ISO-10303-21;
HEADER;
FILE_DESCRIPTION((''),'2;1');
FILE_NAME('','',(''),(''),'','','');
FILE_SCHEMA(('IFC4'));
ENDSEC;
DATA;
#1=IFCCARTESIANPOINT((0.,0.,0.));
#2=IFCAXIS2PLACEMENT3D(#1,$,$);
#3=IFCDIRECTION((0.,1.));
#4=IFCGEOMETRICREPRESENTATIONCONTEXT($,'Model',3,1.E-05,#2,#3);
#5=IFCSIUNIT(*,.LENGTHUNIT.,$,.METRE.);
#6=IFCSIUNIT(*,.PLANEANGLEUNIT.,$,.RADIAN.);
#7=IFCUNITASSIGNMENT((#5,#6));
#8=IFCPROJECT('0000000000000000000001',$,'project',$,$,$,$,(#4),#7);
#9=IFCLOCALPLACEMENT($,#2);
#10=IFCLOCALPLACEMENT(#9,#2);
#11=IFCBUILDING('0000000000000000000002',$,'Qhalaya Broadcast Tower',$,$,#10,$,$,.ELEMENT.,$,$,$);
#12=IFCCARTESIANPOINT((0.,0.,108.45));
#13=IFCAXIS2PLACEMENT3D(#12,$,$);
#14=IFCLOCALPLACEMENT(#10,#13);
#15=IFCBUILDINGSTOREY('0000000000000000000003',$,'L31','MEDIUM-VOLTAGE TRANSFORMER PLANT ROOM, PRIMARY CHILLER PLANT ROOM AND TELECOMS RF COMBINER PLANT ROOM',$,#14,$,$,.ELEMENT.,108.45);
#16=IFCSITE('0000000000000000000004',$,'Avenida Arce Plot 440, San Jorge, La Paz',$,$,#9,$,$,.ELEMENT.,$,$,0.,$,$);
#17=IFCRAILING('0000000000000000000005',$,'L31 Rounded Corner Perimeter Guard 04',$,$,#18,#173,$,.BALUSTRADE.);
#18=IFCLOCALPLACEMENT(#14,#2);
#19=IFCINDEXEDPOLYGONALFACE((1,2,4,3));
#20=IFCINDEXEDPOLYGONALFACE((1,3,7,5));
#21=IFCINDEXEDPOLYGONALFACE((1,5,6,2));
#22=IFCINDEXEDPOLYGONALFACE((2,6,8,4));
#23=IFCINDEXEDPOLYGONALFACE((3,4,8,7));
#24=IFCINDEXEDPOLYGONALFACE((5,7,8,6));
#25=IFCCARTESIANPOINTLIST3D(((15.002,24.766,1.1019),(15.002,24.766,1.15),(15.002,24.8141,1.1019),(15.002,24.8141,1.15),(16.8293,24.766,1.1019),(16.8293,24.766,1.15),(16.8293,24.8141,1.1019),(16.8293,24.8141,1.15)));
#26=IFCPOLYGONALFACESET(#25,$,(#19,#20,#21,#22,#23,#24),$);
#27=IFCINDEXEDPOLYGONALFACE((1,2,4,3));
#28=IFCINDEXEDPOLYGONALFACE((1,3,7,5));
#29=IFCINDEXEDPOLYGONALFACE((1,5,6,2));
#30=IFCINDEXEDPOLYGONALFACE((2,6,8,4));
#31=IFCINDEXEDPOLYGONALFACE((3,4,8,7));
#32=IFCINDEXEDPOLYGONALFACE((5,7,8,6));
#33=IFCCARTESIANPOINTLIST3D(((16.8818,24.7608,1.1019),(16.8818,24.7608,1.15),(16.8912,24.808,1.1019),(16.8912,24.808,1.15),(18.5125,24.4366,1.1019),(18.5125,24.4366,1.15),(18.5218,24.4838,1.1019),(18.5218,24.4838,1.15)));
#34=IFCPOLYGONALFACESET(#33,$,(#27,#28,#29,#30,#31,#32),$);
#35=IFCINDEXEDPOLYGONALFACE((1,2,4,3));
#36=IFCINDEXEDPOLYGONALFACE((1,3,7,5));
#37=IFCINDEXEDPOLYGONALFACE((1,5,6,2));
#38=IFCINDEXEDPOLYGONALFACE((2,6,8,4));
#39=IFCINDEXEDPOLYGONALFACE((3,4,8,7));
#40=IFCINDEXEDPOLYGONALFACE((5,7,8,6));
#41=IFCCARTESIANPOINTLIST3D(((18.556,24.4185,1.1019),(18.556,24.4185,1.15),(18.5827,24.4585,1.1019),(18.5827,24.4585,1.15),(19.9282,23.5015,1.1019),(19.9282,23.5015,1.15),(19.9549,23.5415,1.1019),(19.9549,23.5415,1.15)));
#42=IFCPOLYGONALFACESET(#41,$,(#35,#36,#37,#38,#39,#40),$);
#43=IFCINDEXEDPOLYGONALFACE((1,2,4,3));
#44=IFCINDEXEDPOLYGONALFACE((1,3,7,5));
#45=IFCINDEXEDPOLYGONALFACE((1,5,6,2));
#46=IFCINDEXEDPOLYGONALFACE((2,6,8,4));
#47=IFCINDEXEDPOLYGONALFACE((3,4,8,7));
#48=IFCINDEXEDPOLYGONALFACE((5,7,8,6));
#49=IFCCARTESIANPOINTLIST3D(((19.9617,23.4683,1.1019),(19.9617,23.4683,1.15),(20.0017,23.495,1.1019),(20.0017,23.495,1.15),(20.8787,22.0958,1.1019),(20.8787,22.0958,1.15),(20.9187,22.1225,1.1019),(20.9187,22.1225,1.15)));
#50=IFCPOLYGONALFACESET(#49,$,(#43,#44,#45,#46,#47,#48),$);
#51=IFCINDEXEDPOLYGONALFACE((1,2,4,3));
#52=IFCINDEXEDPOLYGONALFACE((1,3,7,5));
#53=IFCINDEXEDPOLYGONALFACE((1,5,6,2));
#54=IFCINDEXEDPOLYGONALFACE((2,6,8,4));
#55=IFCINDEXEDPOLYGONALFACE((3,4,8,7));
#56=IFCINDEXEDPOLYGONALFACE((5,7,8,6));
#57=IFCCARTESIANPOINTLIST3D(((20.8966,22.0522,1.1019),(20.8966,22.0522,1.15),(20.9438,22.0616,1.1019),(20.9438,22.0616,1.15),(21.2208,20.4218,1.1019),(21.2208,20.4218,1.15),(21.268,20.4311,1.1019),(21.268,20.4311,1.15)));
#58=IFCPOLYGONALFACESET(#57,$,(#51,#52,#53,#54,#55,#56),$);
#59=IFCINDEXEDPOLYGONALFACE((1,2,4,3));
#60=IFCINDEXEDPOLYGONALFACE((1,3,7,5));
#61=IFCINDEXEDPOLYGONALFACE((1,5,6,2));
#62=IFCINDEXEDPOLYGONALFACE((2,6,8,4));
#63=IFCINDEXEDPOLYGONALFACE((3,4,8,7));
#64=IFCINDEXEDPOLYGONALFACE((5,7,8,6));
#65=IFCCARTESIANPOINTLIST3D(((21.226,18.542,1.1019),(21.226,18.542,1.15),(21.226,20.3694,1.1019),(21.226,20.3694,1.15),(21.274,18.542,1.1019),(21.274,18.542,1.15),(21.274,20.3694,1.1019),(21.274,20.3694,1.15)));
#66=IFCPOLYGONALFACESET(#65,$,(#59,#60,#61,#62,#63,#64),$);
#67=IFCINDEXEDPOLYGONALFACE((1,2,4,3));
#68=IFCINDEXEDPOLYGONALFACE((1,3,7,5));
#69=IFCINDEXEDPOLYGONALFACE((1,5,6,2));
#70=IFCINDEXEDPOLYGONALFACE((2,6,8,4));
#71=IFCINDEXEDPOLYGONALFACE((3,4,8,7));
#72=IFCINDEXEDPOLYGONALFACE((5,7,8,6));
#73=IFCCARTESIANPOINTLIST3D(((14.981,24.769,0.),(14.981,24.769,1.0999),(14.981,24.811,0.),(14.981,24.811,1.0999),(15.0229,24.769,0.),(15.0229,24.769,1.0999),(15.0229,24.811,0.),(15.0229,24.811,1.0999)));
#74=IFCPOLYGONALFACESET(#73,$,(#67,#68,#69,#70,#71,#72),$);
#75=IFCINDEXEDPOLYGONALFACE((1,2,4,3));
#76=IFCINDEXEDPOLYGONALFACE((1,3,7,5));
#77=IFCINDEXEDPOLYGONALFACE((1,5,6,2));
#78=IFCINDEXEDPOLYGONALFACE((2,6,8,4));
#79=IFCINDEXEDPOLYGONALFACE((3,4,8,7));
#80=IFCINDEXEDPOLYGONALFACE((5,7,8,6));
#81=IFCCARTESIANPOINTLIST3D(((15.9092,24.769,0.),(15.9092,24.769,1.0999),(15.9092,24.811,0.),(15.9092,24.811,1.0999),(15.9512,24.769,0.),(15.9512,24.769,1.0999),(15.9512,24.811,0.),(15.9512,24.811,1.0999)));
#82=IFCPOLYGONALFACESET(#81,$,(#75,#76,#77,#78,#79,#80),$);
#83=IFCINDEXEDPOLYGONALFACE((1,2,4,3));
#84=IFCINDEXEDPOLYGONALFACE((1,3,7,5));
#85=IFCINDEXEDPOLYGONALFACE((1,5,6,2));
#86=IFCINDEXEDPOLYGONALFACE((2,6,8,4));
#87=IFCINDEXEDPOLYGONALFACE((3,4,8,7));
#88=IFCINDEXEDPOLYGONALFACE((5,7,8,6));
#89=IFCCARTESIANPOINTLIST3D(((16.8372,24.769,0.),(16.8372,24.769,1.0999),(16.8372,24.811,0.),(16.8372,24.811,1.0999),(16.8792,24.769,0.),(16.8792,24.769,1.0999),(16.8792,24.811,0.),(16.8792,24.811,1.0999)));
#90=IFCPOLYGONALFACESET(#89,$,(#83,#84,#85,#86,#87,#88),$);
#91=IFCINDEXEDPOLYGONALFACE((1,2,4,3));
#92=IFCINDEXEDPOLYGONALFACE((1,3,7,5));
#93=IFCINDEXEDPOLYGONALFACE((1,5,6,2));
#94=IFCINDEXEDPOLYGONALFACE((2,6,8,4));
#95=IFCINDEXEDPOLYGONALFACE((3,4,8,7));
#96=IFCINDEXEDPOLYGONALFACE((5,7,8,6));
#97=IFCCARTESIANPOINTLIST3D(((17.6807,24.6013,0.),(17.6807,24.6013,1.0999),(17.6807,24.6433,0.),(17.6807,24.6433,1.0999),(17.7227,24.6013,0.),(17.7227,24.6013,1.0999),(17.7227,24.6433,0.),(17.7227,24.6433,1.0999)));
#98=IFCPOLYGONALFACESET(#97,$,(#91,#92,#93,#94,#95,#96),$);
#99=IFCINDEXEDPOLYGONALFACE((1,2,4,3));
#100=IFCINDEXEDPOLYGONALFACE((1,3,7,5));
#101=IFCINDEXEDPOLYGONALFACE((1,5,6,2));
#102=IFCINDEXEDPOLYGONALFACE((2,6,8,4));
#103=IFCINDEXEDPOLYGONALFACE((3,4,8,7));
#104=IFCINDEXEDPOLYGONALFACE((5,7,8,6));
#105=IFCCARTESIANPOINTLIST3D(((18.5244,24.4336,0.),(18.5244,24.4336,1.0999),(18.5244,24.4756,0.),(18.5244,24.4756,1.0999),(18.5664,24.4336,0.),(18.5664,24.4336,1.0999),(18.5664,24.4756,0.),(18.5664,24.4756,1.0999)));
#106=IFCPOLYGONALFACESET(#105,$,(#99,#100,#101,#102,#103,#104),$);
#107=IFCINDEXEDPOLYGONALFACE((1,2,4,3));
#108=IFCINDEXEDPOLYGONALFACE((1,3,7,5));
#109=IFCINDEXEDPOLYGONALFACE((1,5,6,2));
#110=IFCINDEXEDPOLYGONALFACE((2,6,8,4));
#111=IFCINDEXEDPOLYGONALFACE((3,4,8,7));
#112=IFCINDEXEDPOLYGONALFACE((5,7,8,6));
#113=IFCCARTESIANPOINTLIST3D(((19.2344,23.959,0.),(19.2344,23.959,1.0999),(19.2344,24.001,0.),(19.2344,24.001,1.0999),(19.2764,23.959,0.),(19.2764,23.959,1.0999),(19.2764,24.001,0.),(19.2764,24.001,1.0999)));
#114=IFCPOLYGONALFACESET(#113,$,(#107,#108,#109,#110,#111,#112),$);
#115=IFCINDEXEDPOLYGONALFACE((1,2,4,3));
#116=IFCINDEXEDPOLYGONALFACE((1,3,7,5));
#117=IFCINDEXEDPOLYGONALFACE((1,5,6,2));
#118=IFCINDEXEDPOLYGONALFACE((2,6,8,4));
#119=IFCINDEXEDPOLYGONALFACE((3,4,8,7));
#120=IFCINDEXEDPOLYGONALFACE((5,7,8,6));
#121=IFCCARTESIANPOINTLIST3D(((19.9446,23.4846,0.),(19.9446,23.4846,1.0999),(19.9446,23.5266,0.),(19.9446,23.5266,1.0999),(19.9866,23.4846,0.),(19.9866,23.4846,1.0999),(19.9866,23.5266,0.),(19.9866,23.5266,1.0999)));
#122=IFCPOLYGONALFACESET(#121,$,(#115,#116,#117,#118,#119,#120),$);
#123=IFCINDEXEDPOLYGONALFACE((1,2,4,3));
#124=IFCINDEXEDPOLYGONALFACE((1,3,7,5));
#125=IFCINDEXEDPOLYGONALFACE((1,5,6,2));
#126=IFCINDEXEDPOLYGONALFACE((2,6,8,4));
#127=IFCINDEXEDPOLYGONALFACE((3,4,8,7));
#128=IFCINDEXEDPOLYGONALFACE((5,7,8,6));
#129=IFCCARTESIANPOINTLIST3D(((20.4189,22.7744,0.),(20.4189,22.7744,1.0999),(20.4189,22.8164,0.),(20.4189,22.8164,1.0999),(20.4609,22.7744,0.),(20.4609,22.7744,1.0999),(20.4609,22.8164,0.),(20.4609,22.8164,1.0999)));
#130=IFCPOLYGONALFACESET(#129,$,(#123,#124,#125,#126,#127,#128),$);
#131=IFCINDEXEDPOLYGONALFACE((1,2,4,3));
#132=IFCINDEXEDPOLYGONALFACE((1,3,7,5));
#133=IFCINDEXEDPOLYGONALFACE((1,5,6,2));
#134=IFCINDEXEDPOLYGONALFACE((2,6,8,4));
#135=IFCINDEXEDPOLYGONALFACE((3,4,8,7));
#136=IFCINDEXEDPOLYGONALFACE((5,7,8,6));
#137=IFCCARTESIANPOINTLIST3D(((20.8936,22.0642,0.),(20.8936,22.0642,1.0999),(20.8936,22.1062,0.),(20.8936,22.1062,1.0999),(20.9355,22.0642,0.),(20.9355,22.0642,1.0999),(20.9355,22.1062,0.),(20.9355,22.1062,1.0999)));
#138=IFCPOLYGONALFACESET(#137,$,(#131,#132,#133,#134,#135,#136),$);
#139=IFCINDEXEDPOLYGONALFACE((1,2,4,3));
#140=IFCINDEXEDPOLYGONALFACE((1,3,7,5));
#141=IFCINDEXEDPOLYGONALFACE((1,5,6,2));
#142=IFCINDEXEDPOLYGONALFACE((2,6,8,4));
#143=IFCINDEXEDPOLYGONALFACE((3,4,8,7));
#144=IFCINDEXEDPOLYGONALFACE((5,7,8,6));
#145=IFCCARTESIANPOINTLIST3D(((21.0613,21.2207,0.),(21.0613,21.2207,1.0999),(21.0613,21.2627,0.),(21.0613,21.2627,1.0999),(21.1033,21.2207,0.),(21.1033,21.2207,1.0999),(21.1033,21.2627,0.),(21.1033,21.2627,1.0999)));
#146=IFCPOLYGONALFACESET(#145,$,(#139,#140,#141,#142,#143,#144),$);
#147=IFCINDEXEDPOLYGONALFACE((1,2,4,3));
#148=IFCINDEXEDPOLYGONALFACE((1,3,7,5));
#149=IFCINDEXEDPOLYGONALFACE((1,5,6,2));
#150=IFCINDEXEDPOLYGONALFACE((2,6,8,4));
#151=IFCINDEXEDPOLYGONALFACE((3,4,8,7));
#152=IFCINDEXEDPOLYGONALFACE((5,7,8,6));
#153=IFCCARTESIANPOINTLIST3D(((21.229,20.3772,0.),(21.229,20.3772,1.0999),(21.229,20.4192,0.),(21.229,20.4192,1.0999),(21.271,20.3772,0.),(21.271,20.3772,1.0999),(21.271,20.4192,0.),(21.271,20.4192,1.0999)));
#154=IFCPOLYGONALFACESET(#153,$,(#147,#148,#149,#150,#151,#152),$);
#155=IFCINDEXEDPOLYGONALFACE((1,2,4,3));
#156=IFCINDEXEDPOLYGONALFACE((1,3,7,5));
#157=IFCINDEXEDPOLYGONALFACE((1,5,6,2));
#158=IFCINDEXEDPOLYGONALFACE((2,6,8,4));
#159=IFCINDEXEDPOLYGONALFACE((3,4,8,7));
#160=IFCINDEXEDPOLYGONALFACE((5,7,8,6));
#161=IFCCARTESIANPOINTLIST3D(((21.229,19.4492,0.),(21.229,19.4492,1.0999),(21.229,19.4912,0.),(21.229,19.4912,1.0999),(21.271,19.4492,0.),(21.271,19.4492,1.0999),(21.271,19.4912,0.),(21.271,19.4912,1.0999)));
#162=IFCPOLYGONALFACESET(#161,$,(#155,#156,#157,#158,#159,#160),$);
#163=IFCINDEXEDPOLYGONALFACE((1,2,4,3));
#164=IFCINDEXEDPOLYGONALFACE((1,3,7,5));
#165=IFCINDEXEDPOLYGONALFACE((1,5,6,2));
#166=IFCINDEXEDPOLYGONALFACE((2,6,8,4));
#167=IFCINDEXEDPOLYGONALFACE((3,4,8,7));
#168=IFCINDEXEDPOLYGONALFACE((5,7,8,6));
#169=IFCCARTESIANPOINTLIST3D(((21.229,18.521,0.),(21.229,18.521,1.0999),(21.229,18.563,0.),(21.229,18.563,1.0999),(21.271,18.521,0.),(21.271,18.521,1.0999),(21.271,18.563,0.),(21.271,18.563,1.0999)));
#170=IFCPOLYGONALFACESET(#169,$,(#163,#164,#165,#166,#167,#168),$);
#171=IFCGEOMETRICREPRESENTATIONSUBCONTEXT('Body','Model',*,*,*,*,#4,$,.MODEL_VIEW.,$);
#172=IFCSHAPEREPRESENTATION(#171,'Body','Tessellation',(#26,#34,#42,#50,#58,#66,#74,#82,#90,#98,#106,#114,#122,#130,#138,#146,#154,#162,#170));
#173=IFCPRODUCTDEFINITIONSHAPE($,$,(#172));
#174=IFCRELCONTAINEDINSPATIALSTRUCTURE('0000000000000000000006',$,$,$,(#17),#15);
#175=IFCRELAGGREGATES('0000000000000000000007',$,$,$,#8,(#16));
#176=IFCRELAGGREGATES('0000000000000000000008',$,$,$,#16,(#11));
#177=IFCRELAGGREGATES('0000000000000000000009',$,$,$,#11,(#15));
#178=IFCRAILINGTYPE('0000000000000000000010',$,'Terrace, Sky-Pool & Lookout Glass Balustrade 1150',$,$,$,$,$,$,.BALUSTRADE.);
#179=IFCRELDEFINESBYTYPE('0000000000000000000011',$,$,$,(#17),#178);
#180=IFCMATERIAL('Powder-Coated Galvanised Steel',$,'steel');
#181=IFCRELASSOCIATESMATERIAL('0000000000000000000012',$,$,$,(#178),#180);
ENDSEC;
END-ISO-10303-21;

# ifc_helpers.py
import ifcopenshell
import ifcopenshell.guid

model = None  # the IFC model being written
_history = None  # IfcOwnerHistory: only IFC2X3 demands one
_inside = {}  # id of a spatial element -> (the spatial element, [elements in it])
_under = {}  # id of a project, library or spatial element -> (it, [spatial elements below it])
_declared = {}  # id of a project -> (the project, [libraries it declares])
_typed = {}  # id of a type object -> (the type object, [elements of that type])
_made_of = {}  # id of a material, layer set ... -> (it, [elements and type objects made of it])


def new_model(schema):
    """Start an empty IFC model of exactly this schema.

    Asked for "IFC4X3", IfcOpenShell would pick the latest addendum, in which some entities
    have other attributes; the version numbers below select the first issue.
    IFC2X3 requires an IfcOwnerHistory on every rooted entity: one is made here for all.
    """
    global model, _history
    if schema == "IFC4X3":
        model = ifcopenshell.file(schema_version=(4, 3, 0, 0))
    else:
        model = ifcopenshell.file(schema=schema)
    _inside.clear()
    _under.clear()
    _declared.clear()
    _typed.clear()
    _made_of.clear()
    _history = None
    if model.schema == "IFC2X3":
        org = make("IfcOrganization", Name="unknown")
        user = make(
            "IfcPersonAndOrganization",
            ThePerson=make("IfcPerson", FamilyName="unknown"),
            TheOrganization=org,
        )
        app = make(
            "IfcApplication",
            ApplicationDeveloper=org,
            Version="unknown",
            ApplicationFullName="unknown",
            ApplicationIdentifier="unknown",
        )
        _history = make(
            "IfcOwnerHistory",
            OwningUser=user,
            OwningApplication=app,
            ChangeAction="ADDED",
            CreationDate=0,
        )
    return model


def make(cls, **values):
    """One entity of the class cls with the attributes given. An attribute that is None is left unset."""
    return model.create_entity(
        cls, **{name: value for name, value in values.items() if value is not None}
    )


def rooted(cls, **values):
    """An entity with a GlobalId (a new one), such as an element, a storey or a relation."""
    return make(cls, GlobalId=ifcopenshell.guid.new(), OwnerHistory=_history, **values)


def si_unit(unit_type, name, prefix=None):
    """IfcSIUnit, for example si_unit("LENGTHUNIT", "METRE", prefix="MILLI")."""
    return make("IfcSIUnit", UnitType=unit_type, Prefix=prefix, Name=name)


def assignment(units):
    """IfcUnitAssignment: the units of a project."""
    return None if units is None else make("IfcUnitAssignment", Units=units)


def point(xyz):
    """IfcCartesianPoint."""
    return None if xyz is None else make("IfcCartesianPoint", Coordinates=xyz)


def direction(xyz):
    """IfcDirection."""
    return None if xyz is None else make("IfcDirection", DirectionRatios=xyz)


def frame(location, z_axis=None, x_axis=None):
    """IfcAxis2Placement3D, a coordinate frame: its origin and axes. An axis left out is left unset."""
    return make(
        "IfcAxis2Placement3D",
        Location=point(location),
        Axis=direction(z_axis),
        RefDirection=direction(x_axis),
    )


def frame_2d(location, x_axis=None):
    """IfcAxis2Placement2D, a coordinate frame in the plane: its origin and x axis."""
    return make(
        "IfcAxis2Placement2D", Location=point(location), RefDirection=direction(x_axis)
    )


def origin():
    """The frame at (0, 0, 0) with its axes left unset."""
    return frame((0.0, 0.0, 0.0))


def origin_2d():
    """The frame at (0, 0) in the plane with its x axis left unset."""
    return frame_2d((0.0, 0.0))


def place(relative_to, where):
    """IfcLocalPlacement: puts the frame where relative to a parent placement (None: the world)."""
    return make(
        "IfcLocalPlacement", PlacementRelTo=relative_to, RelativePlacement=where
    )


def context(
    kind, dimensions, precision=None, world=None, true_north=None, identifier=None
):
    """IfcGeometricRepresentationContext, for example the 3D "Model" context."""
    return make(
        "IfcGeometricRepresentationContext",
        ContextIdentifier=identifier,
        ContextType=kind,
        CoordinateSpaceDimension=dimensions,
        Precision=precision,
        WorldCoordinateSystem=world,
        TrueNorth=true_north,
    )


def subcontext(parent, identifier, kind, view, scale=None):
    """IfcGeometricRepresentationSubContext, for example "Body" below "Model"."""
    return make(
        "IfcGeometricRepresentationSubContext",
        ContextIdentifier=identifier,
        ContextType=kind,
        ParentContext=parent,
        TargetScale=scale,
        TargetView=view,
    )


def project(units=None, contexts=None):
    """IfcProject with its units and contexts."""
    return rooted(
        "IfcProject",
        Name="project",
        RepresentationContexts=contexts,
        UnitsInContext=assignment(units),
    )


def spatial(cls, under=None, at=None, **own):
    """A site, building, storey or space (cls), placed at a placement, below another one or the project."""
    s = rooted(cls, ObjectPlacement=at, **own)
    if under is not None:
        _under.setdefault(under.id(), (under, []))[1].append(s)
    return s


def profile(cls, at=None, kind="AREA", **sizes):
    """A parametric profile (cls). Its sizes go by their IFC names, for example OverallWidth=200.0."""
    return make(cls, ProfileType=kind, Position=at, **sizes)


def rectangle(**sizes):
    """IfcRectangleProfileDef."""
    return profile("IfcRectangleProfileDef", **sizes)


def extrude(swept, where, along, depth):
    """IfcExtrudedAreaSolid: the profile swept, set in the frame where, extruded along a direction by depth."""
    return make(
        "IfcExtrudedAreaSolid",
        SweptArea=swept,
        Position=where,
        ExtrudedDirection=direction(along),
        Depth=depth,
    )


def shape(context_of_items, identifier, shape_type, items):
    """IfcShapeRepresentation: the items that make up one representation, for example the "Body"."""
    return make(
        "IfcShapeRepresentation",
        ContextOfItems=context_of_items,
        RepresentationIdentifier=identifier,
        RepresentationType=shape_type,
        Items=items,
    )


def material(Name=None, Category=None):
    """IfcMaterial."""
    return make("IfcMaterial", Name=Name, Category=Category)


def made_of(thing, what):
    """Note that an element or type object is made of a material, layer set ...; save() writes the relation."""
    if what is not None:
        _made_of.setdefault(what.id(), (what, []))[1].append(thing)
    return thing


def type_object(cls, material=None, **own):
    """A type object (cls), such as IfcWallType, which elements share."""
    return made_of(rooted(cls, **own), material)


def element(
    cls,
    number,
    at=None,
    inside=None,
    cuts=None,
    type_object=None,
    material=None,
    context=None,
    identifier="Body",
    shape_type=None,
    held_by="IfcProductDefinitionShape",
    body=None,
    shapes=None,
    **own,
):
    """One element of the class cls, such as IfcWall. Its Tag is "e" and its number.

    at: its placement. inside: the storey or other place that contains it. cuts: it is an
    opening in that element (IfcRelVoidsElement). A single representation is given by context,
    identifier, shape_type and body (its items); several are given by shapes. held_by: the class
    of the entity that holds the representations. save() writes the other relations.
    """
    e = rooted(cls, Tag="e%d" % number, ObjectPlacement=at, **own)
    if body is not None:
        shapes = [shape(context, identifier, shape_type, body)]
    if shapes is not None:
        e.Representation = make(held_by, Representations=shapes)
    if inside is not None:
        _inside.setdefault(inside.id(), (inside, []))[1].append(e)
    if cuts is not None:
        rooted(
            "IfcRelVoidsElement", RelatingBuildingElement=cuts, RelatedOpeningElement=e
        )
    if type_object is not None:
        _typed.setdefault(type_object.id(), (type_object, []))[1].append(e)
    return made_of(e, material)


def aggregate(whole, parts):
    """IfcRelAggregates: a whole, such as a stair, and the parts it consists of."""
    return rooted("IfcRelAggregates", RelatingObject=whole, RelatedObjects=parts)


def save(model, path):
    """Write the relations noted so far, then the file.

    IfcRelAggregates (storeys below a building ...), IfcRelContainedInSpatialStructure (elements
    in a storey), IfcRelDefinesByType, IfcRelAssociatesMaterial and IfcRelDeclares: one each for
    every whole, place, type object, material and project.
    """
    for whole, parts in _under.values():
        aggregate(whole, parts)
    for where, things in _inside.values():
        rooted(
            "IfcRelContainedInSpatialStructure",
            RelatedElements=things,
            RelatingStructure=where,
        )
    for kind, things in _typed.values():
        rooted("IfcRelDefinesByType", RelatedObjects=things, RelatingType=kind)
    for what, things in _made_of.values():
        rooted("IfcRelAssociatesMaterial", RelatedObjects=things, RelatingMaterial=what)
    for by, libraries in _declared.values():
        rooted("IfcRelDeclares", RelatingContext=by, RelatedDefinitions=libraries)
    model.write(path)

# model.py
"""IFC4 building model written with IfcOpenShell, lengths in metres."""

from ifc_helpers import new_model, si_unit, direction, frame, origin, origin_2d, place, context, subcontext, project, spatial, rectangle, extrude, material, type_object, element, save


model = new_model("IFC4")

# Units and contexts
model_context = context("Model", 3, precision=1e-05, world=origin(), true_north=direction((0.0, 1.0)))
body_context = subcontext(model_context, "Body", "Model", "MODEL_VIEW")
ifc_project = project(units=[si_unit("LENGTHUNIT", "METRE"), si_unit("PLANEANGLEUNIT", "RADIAN")], contexts=[model_context])

# Site, building, storey
site_placement = place(None, origin())
site = spatial("IfcSite", under=ifc_project, at=site_placement, Name="Avenida Arce Plot 440, San Jorge, La Paz", CompositionType="ELEMENT", RefElevation=0.0)
building_placement = place(site_placement, origin())
building = spatial("IfcBuilding", under=site, at=building_placement, Name="Qhalaya Broadcast Tower", CompositionType="ELEMENT")
storey_placement = place(building_placement, frame((0.0, 0.0, 108.45)))
storey = spatial("IfcBuildingStorey", under=building, at=storey_placement, Name="L31", Description="MEDIUM-VOLTAGE TRANSFORMER PLANT ROOM, PRIMARY CHILLER PLANT ROOM AND TELECOMS RF COMBINER PLANT ROOM", CompositionType="ELEMENT", Elevation=108.45)

# Railing
ifc_material_1 = material(Name="Powder-Coated Galvanised Steel", Category="steel")
railing_type = type_object("IfcRailingType", Name="Terrace, Sky-Pool & Lookout Glass Balustrade 1150", PredefinedType="BALUSTRADE", material=ifc_material_1)
railing_placement = place(storey_placement, frame((15.002, 24.79, 0.0)))
element("IfcRailing", 1, at=railing_placement, inside=storey, type_object=railing_type, Name="L31 Rounded Corner Perimeter Guard 04", PredefinedType="BALUSTRADE", context=body_context, shape_type="SweptSolid", body=[
    extrude(rectangle(XDim=0.0481, YDim=0.0481, at=origin_2d()), frame((0.0, 0.0, 1.126), z_axis=(1.0, 0.0, 0.0), x_axis=(0.0, 1.0, 0.0)), (0.0, 0.0, 1.0), 1.8274),
    extrude(rectangle(XDim=0.0481, YDim=0.0481, at=origin_2d()), frame((1.8845, -0.0056, 1.126), z_axis=(0.980804, -0.194997, 0.0), x_axis=(0.194997, 0.980804, 0.0)), (0.0, 0.0, 1.0), 1.6626),
    extrude(rectangle(XDim=0.0481, YDim=0.0481, at=origin_2d()), frame((3.5674, -0.3516, 1.126), z_axis=(0.831456, -0.55559, 0.0), x_axis=(0.55559, 0.831456, 0.0)), (0.0, 0.0, 1.0), 1.6504),
    extrude(rectangle(XDim=0.0481, YDim=0.0481, at=origin_2d()), frame((4.9797, -1.3083, 1.126), z_axis=(0.555524, -0.8315, 0.0), x_axis=(0.8315, 0.555524, 0.0)), (0.0, 0.0, 1.0), 1.6506),
    extrude(rectangle(XDim=0.0481, YDim=0.0481, at=origin_2d()), frame((5.9182, -2.7332, 1.126), z_axis=(0.195024, -0.980798, 0.0), x_axis=(0.980798, 0.195024, 0.0)), (0.0, 0.0, 1.0), 1.6624),
    extrude(rectangle(XDim=0.0481, YDim=0.0481, at=origin_2d()), frame((6.248, -4.4207, 1.126), z_axis=(0.0, -1.0, 0.0), x_axis=(1.0, 0.0, 0.0)), (0.0, 0.0, 1.0), 1.8274),
    extrude(rectangle(XDim=0.042, YDim=0.042, at=origin_2d()), origin(), (0.0, 0.0, 1.0), 1.0999),
    extrude(rectangle(XDim=0.042, YDim=0.042, at=origin_2d()), frame((0.9282, 0.0, 0.0)), (0.0, 0.0, 1.0), 1.0999),
    extrude(rectangle(XDim=0.042, YDim=0.042, at=origin_2d()), frame((1.8562, 0.0, 0.0)), (0.0, 0.0, 1.0), 1.0999),
    extrude(rectangle(XDim=0.042, YDim=0.042, at=origin_2d()), frame((2.6997, -0.1677, 0.0)), (0.0, 0.0, 1.0), 1.0999),
    extrude(rectangle(XDim=0.042, YDim=0.042, at=origin_2d()), frame((3.5435, -0.3354, 0.0)), (0.0, 0.0, 1.0), 1.0999),
    extrude(rectangle(XDim=0.042, YDim=0.042, at=origin_2d()), frame((4.2534, -0.8101, 0.0)), (0.0, 0.0, 1.0), 1.0999),
    extrude(rectangle(XDim=0.042, YDim=0.042, at=origin_2d()), frame((4.9636, -1.2844, 0.0)), (0.0, 0.0, 1.0), 1.0999),
    extrude(rectangle(XDim=0.042, YDim=0.042, at=origin_2d()), frame((5.438, -1.9946, 0.0)), (0.0, 0.0, 1.0), 1.0999),
    extrude(rectangle(XDim=0.042, YDim=0.042, at=origin_2d()), frame((5.9126, -2.7048, 0.0)), (0.0, 0.0, 1.0), 1.0999),
    extrude(rectangle(XDim=0.042, YDim=0.042, at=origin_2d()), frame((6.0803, -3.5483, 0.0)), (0.0, 0.0, 1.0), 1.0999),
    extrude(rectangle(XDim=0.042, YDim=0.042, at=origin_2d()), frame((6.248, -4.3918, 0.0)), (0.0, 0.0, 1.0), 1.0999),
    extrude(rectangle(XDim=0.042, YDim=0.042, at=origin_2d()), frame((6.248, -5.3198, 0.0)), (0.0, 0.0, 1.0), 1.0999),
    extrude(rectangle(XDim=0.042, YDim=0.042, at=origin_2d()), frame((6.248, -6.248, 0.0)), (0.0, 0.0, 1.0), 1.0999),
])

save(model, "model.ifc")
